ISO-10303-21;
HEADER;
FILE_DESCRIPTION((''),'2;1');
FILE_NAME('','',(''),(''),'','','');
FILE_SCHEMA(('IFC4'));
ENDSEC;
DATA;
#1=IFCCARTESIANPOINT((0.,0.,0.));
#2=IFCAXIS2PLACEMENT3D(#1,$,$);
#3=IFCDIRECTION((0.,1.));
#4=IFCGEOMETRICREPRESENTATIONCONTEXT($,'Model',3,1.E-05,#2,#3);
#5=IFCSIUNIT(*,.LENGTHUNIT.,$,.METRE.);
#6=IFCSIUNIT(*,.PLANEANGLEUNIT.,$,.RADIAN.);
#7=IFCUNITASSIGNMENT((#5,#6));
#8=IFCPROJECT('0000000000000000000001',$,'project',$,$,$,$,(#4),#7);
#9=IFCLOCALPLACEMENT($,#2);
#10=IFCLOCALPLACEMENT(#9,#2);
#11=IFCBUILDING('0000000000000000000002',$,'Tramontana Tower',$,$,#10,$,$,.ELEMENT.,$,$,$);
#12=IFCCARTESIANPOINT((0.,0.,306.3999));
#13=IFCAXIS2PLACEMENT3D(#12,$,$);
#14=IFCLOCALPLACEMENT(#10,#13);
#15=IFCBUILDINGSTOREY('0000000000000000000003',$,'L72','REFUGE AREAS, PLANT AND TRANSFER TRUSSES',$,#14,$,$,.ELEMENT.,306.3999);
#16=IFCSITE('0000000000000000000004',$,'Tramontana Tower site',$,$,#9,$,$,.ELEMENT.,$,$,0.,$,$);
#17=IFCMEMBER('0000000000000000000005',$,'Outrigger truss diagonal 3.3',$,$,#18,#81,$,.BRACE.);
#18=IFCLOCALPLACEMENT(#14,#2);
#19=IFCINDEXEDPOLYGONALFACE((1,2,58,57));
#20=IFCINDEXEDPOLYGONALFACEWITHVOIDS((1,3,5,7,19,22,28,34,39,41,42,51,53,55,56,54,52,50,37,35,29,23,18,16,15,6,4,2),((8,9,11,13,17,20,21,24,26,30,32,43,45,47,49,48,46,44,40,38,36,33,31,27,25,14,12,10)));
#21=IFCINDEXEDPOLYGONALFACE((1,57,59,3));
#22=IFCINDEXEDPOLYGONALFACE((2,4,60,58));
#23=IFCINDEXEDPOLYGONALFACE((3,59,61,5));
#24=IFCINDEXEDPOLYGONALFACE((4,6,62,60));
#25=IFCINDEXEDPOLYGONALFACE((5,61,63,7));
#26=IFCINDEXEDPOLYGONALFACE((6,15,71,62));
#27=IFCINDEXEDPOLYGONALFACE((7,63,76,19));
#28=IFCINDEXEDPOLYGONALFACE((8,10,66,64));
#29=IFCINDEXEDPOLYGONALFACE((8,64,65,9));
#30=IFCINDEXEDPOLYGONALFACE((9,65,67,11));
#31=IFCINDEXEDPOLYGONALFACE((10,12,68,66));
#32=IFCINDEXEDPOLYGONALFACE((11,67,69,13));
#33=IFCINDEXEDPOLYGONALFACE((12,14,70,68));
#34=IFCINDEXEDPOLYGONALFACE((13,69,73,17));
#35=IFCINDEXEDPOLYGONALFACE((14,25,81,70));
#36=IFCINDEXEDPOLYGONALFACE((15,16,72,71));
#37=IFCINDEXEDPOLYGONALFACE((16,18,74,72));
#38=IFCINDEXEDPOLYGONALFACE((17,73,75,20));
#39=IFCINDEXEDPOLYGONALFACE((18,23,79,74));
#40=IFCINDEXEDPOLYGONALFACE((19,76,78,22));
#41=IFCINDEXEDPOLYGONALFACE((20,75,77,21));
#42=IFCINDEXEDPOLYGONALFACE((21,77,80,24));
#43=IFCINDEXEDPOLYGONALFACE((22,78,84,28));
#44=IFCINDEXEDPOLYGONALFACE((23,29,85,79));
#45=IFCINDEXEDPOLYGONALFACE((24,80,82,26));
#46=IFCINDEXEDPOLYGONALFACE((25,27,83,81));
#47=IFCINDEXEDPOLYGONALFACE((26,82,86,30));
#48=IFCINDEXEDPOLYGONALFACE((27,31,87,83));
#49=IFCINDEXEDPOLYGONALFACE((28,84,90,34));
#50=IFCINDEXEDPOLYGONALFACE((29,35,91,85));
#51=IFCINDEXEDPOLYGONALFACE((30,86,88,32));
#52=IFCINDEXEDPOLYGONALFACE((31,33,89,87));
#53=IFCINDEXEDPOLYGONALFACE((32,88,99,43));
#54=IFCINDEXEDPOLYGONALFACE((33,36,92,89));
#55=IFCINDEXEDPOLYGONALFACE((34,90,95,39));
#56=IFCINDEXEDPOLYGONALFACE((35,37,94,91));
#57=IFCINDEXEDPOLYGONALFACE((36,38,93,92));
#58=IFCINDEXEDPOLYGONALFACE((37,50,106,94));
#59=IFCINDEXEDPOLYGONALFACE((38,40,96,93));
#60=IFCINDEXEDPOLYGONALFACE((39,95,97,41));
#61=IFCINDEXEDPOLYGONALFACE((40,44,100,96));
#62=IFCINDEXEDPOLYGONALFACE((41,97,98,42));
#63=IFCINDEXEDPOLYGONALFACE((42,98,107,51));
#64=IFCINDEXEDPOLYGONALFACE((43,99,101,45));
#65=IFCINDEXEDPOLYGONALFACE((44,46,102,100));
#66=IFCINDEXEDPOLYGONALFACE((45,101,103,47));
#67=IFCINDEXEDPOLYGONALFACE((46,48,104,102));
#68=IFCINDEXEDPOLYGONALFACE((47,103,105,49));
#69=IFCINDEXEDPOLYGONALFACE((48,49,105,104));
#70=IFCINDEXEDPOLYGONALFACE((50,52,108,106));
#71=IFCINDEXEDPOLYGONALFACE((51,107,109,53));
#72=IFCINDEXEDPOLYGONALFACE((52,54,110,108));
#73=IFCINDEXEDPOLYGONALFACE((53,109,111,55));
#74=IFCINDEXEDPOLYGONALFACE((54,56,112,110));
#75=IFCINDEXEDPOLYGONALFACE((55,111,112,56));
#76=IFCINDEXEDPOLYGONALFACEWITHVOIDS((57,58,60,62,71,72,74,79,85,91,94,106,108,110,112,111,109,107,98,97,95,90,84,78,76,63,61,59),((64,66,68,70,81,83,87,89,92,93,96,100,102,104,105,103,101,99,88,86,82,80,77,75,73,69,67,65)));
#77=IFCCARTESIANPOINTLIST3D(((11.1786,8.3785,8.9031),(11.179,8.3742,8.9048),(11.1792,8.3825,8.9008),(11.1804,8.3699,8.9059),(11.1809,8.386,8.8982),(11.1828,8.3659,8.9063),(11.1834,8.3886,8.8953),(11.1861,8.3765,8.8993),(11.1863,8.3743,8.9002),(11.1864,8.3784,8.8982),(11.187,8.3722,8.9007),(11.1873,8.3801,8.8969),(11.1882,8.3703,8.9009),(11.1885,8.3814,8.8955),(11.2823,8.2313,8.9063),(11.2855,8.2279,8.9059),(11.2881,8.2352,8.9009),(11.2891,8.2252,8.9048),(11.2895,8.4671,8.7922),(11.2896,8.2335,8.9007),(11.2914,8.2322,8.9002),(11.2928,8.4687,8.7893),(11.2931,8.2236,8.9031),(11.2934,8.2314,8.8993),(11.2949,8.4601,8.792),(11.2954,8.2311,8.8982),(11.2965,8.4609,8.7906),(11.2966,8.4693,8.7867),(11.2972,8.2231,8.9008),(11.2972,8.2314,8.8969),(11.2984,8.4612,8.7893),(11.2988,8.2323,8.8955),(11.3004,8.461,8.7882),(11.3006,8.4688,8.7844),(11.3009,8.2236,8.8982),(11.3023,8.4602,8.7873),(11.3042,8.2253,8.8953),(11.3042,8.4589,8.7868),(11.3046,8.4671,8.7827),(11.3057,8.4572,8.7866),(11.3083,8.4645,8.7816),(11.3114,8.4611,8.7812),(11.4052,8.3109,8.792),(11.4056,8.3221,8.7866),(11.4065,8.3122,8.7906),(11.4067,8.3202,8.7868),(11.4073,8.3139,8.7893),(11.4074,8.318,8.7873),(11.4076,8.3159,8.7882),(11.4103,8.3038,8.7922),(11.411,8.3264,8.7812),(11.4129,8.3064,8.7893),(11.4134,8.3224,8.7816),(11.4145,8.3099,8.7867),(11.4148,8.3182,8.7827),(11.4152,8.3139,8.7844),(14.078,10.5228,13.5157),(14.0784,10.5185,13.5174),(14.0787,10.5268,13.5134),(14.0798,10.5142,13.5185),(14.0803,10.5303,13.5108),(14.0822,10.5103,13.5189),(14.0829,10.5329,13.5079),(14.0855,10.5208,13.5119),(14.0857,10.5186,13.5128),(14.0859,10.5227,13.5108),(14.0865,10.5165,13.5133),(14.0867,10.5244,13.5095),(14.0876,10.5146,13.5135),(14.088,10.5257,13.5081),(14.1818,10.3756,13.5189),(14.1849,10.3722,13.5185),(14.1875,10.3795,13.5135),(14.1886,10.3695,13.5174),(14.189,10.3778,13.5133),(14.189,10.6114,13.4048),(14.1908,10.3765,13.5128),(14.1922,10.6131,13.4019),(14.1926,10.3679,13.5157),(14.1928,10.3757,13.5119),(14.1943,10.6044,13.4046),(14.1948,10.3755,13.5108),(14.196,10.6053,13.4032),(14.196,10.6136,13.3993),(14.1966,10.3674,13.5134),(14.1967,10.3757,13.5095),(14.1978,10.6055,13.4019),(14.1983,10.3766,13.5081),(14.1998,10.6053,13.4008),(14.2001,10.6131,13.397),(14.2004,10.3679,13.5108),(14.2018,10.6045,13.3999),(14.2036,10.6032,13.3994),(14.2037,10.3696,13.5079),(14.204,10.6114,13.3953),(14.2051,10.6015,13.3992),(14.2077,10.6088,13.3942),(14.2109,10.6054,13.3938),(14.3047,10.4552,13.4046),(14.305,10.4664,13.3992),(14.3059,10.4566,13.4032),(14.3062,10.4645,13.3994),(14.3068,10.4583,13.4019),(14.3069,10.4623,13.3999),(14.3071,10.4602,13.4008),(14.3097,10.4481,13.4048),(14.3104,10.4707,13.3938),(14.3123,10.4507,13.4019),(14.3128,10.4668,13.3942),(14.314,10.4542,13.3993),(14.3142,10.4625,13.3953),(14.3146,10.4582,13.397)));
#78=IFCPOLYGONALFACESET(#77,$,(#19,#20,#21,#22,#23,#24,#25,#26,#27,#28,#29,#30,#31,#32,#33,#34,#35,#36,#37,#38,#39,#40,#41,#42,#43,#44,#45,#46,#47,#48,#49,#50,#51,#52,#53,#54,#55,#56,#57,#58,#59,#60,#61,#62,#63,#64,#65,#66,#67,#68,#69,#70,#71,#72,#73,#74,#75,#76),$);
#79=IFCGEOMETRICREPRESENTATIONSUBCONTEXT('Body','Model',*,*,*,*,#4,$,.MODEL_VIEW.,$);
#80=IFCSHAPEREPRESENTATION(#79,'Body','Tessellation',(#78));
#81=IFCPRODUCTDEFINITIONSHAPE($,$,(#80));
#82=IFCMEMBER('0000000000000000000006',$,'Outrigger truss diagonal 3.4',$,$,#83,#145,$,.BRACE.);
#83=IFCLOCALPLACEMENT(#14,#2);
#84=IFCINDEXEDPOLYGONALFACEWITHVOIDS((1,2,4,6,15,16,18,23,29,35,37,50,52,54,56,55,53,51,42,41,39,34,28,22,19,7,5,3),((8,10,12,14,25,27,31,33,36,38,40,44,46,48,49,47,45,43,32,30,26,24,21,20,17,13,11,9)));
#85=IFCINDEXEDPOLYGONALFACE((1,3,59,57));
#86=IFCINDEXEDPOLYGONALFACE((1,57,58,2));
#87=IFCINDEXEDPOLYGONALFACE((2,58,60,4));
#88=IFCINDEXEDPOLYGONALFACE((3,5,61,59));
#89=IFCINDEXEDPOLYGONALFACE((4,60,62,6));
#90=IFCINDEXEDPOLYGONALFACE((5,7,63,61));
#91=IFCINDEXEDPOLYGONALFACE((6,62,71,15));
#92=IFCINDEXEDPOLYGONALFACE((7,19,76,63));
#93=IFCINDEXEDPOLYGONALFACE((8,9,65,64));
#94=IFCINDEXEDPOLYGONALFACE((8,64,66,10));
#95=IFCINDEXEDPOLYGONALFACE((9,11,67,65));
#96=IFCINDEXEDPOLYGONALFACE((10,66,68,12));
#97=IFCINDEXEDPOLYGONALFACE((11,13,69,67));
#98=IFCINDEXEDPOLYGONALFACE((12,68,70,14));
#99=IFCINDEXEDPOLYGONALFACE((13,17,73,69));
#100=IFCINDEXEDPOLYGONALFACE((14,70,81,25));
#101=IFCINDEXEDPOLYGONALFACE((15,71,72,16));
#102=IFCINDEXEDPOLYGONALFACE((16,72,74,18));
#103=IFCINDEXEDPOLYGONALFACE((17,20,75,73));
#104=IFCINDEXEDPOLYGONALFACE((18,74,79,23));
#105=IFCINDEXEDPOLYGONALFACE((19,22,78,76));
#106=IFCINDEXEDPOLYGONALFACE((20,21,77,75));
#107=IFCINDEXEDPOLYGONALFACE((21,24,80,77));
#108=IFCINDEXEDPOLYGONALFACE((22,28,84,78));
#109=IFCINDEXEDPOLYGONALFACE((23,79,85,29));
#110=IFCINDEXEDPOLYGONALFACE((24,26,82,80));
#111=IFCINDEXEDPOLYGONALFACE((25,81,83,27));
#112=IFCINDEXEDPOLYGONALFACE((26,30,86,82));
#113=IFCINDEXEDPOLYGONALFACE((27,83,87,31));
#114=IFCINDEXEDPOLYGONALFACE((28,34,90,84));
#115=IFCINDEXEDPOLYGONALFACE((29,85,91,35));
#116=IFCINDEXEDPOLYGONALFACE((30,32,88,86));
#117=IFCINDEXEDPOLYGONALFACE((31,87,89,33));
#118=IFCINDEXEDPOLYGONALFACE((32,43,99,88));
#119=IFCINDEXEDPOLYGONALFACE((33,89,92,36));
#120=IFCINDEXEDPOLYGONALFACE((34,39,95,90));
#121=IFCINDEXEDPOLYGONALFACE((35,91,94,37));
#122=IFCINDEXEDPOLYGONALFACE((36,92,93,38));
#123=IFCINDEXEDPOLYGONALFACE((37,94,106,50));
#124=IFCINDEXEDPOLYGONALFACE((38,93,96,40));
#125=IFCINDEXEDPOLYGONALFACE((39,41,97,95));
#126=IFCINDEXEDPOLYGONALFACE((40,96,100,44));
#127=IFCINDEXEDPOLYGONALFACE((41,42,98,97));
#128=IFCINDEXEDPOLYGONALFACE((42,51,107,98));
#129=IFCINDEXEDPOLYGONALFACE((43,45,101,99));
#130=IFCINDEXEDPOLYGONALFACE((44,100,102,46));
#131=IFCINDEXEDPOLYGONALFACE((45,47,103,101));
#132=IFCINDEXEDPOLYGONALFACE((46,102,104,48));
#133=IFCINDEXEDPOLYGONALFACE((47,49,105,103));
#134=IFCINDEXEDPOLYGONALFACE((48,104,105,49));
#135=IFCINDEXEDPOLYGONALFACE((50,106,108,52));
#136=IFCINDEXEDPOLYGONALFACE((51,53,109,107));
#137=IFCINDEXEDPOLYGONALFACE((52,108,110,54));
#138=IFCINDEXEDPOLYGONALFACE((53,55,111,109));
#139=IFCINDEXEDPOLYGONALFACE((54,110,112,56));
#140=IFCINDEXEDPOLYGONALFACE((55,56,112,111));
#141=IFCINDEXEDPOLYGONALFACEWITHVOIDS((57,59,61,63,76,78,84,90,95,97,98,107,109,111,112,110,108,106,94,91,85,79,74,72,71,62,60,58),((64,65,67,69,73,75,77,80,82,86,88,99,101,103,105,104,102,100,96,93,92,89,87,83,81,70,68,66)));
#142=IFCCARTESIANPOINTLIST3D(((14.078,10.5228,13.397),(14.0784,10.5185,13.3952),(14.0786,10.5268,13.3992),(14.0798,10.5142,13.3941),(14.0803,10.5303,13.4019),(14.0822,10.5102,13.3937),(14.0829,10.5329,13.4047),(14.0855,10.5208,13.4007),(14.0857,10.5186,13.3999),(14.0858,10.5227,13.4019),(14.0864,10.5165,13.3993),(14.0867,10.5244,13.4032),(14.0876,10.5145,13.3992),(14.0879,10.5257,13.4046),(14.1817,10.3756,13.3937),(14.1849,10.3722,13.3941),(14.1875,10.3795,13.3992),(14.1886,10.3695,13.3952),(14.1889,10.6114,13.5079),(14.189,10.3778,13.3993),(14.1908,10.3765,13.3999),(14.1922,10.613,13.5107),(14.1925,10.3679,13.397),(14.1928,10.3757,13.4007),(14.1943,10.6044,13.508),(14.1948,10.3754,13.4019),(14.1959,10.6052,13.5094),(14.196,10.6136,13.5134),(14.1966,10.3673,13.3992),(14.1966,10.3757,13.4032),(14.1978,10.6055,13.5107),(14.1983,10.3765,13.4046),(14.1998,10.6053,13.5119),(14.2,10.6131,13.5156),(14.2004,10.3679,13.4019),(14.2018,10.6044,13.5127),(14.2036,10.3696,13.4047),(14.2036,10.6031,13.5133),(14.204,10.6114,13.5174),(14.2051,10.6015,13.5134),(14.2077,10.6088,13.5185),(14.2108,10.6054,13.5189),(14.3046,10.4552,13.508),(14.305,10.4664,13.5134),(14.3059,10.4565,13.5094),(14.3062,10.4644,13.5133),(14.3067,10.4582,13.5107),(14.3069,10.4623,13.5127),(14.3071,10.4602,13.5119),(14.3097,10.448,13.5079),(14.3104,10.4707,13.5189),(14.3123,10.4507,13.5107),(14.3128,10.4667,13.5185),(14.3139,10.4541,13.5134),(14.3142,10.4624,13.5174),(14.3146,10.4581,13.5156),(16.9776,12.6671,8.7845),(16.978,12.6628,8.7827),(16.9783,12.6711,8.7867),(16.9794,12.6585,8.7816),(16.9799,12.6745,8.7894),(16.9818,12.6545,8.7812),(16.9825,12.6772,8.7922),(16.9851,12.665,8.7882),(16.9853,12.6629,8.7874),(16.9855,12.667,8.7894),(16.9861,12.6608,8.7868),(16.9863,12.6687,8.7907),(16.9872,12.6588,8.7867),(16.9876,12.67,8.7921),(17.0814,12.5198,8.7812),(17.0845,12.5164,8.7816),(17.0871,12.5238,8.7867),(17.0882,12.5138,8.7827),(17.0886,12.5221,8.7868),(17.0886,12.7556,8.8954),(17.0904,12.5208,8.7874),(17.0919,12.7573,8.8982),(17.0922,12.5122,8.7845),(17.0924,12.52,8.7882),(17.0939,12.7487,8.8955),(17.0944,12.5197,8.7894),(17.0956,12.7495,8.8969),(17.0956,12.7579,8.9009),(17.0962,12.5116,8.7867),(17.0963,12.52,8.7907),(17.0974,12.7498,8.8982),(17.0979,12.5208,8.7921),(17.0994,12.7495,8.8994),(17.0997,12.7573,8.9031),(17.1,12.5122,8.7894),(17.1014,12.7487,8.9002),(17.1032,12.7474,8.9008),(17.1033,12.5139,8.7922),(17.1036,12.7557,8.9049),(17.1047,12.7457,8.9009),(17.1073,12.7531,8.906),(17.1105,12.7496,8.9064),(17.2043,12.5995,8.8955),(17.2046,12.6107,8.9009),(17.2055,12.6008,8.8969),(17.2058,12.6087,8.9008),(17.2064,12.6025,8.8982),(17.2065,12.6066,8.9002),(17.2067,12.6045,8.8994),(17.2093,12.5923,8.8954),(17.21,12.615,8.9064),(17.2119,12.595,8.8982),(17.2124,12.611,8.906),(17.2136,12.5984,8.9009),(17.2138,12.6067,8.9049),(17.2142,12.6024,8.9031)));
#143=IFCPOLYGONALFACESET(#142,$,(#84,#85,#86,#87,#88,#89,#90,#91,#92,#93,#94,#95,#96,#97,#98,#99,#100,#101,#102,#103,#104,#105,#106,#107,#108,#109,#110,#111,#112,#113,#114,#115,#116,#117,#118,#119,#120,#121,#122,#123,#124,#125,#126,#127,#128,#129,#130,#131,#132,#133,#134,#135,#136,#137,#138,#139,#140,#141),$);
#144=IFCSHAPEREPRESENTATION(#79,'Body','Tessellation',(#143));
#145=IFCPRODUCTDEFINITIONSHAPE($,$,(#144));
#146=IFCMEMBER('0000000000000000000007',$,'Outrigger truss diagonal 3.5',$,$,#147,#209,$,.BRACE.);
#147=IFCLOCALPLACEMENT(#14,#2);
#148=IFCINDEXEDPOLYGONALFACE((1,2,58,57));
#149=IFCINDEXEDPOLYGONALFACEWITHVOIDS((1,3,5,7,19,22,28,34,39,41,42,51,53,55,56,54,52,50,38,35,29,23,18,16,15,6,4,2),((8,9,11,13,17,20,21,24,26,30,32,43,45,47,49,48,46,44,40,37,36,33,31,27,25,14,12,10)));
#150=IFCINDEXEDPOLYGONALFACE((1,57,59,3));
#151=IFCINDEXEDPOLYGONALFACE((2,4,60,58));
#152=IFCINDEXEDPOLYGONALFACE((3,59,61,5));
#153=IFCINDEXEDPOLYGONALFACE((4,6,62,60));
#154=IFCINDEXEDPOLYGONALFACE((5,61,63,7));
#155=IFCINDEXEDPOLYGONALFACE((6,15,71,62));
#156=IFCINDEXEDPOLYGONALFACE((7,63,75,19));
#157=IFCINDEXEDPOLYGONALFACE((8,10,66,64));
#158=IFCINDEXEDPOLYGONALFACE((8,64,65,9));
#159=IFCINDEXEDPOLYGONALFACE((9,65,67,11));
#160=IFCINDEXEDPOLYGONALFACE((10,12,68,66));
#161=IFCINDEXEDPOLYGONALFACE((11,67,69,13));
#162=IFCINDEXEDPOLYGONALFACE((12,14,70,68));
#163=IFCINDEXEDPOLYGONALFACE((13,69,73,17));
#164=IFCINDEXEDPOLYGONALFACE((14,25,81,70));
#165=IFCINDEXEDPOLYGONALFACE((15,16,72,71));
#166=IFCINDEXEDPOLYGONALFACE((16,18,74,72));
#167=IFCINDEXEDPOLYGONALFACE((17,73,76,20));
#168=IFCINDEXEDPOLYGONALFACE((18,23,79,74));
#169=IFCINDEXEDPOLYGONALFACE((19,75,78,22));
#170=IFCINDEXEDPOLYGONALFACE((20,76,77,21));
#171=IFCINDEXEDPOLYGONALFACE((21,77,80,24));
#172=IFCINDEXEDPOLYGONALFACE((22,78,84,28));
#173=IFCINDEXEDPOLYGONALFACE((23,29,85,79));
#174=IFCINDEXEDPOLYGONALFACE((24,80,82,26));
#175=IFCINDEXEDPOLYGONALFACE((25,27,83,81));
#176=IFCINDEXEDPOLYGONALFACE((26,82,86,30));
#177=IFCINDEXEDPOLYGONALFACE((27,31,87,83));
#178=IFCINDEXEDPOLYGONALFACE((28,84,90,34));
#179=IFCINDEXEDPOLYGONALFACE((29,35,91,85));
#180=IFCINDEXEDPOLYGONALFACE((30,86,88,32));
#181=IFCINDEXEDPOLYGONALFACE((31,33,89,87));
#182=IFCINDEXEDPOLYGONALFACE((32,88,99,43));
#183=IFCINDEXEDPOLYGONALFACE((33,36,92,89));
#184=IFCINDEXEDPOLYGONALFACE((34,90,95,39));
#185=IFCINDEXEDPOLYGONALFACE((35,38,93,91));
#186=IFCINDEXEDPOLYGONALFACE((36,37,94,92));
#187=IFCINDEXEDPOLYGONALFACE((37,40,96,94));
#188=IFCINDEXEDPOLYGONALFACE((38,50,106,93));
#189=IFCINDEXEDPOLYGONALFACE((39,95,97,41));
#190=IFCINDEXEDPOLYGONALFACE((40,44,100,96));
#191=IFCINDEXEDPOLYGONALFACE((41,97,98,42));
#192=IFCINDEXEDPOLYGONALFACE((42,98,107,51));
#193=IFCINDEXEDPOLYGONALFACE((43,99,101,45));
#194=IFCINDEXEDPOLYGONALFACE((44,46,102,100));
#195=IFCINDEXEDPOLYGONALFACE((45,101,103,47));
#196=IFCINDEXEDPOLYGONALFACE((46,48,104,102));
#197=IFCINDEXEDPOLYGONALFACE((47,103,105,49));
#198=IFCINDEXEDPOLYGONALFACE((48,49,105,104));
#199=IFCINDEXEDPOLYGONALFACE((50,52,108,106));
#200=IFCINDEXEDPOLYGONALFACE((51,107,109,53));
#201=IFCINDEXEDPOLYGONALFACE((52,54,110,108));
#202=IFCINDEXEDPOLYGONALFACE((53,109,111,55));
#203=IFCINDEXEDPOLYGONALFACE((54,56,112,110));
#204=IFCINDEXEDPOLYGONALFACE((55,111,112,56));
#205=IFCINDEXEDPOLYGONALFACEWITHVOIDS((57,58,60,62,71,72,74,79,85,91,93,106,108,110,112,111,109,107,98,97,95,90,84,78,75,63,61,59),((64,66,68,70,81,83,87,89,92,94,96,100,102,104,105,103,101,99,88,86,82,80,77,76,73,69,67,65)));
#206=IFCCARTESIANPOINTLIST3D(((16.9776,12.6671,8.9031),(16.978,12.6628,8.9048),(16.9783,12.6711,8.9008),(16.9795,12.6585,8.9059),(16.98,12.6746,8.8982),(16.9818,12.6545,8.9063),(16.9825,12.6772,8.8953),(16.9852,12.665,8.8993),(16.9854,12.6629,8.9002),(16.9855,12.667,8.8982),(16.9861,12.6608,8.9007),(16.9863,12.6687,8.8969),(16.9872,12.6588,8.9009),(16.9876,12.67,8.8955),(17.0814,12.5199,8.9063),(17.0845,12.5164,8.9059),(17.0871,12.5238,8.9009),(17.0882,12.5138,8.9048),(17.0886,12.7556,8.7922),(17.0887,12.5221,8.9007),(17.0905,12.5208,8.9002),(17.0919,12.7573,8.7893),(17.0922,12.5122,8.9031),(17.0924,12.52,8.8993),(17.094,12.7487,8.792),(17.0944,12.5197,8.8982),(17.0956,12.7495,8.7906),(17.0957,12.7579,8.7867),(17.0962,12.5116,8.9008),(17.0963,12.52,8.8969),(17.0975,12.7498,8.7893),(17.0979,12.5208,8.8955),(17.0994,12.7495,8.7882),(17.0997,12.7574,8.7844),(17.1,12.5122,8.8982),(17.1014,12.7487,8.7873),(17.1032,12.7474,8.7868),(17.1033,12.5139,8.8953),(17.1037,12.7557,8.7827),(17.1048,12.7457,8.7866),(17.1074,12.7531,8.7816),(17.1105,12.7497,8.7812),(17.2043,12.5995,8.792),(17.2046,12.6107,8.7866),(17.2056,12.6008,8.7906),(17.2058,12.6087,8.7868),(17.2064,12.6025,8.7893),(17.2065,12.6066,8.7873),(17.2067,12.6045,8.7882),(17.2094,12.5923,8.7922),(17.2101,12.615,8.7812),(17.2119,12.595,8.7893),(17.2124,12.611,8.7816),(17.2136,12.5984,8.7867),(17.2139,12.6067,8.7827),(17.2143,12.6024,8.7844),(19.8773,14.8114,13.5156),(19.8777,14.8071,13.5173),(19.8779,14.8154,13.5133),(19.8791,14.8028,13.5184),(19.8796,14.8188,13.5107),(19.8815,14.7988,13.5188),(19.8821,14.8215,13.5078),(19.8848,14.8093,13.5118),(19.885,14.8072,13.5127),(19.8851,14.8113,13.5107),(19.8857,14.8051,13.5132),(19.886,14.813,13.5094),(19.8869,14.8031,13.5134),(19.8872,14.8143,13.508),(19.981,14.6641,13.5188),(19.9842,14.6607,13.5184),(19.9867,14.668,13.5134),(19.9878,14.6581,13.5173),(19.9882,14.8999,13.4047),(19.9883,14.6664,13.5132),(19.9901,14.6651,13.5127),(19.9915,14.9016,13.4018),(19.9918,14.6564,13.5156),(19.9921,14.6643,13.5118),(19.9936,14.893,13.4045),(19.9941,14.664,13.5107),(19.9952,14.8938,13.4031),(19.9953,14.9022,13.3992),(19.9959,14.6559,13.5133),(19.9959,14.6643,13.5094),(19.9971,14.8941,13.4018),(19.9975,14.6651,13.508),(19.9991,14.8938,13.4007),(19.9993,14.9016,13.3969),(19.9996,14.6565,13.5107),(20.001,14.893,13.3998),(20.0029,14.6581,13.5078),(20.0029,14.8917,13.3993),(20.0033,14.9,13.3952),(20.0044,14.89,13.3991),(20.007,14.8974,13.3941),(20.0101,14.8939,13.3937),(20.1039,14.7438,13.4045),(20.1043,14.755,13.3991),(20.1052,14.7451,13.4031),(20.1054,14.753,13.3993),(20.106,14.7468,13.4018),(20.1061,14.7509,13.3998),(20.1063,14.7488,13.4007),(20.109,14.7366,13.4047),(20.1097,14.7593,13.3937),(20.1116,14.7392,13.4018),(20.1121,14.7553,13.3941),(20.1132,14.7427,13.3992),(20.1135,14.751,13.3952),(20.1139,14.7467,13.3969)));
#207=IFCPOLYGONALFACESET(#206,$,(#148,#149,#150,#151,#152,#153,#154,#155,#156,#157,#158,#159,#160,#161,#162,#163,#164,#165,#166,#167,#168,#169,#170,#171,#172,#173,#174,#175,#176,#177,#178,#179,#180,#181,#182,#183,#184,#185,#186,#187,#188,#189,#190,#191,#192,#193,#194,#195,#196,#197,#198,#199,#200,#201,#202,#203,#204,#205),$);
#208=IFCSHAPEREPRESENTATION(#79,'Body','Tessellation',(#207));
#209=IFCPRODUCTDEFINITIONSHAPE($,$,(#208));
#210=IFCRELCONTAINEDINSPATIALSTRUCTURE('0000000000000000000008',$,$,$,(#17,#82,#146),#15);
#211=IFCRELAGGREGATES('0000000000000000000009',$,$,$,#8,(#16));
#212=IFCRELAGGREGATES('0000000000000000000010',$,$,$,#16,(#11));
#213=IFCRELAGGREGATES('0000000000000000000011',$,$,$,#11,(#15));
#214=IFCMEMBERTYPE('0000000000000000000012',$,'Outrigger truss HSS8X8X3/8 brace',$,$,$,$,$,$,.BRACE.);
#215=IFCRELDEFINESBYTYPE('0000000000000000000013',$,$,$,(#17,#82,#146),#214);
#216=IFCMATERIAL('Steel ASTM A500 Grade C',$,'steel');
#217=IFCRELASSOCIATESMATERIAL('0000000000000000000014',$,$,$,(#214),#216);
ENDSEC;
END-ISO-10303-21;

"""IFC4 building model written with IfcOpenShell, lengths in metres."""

from ifc_helpers import new_model, si_unit, direction, frame, origin, origin_2d, place, context, subcontext, project, spatial, hollow_rectangle, extrude, material, material_profile, profile_set, type_object, element, save


model = new_model("IFC4")

# Units and contexts
model_context = context("Model", 3, precision=1e-05, world=origin(), true_north=direction((0.0, 1.0)))
body_context = subcontext(model_context, "Body", "Model", "MODEL_VIEW")
ifc_project = project(units=[si_unit("LENGTHUNIT", "METRE"), si_unit("PLANEANGLEUNIT", "RADIAN")], contexts=[model_context])

# Site, building, storey
site_placement = place(None, origin())
site = spatial("IfcSite", under=ifc_project, at=site_placement, Name="Tramontana Tower site", CompositionType="ELEMENT", RefElevation=0.0)
building_placement = place(site_placement, origin())
building = spatial("IfcBuilding", under=site, at=building_placement, Name="Tramontana Tower", CompositionType="ELEMENT")
storey_placement = place(building_placement, frame((0.0, 0.0, 306.3999)))
storey = spatial("IfcBuildingStorey", under=building, at=storey_placement, Name="L72", Description="REFUGE AREAS, PLANT AND TRANSFER TRUSSES", CompositionType="ELEMENT", Elevation=306.3999)

# Members
ifc_material_1 = material(Name="Steel ASTM A500 Grade C", Category="steel")
ifc_material_profile_1 = material_profile(ifc_material_1, hollow_rectangle(XDim=0.2031, YDim=0.2031, WallThickness=0.0088, InnerFilletRadius=0.0088, OuterFilletRadius=0.0178, at=origin_2d()), Name="HSS8X8X3/8")
ifc_profile_set_1 = profile_set([ifc_material_profile_1], Name="Steel ASTM A500 Grade C")
member_type_1 = type_object("IfcMemberType", Name="Outrigger truss HSS8X8X3/8 brace", PredefinedType="BRACE", material=ifc_profile_set_1)
for number, where, z_axis, x_axis, name in (
    (1, (11.2969, 8.3462, 8.8438), (0.495209, 0.366236, 0.787806), (-0.594614, 0.804011, 0.0), "Outrigger truss diagonal 3.3"),
    (2, (14.1963, 10.4905, 13.4563), (0.495241, 0.366229, -0.78779), (-0.594581, 0.804035, 0.0), "Outrigger truss diagonal 3.4"),
    (3, (17.0959, 12.6348, 8.8438), (0.495241, 0.366229, 0.78779), (-0.594581, 0.804035, 0.0), "Outrigger truss diagonal 3.5"),
):
    element("IfcMember", number, at=place(storey_placement, frame(where, z_axis=z_axis, x_axis=x_axis)), inside=storey, type_object=member_type_1, Name=name, PredefinedType="BRACE", context=body_context, shape_type="SweptSolid", body=[
        extrude(hollow_rectangle(XDim=0.2031, YDim=0.2031, WallThickness=0.0088, InnerFilletRadius=0.0088, OuterFilletRadius=0.0178, at=origin_2d()), origin(), (0.0, 0.0, 1.0), 5.855),
    ])

save(model, "model.ifc")
